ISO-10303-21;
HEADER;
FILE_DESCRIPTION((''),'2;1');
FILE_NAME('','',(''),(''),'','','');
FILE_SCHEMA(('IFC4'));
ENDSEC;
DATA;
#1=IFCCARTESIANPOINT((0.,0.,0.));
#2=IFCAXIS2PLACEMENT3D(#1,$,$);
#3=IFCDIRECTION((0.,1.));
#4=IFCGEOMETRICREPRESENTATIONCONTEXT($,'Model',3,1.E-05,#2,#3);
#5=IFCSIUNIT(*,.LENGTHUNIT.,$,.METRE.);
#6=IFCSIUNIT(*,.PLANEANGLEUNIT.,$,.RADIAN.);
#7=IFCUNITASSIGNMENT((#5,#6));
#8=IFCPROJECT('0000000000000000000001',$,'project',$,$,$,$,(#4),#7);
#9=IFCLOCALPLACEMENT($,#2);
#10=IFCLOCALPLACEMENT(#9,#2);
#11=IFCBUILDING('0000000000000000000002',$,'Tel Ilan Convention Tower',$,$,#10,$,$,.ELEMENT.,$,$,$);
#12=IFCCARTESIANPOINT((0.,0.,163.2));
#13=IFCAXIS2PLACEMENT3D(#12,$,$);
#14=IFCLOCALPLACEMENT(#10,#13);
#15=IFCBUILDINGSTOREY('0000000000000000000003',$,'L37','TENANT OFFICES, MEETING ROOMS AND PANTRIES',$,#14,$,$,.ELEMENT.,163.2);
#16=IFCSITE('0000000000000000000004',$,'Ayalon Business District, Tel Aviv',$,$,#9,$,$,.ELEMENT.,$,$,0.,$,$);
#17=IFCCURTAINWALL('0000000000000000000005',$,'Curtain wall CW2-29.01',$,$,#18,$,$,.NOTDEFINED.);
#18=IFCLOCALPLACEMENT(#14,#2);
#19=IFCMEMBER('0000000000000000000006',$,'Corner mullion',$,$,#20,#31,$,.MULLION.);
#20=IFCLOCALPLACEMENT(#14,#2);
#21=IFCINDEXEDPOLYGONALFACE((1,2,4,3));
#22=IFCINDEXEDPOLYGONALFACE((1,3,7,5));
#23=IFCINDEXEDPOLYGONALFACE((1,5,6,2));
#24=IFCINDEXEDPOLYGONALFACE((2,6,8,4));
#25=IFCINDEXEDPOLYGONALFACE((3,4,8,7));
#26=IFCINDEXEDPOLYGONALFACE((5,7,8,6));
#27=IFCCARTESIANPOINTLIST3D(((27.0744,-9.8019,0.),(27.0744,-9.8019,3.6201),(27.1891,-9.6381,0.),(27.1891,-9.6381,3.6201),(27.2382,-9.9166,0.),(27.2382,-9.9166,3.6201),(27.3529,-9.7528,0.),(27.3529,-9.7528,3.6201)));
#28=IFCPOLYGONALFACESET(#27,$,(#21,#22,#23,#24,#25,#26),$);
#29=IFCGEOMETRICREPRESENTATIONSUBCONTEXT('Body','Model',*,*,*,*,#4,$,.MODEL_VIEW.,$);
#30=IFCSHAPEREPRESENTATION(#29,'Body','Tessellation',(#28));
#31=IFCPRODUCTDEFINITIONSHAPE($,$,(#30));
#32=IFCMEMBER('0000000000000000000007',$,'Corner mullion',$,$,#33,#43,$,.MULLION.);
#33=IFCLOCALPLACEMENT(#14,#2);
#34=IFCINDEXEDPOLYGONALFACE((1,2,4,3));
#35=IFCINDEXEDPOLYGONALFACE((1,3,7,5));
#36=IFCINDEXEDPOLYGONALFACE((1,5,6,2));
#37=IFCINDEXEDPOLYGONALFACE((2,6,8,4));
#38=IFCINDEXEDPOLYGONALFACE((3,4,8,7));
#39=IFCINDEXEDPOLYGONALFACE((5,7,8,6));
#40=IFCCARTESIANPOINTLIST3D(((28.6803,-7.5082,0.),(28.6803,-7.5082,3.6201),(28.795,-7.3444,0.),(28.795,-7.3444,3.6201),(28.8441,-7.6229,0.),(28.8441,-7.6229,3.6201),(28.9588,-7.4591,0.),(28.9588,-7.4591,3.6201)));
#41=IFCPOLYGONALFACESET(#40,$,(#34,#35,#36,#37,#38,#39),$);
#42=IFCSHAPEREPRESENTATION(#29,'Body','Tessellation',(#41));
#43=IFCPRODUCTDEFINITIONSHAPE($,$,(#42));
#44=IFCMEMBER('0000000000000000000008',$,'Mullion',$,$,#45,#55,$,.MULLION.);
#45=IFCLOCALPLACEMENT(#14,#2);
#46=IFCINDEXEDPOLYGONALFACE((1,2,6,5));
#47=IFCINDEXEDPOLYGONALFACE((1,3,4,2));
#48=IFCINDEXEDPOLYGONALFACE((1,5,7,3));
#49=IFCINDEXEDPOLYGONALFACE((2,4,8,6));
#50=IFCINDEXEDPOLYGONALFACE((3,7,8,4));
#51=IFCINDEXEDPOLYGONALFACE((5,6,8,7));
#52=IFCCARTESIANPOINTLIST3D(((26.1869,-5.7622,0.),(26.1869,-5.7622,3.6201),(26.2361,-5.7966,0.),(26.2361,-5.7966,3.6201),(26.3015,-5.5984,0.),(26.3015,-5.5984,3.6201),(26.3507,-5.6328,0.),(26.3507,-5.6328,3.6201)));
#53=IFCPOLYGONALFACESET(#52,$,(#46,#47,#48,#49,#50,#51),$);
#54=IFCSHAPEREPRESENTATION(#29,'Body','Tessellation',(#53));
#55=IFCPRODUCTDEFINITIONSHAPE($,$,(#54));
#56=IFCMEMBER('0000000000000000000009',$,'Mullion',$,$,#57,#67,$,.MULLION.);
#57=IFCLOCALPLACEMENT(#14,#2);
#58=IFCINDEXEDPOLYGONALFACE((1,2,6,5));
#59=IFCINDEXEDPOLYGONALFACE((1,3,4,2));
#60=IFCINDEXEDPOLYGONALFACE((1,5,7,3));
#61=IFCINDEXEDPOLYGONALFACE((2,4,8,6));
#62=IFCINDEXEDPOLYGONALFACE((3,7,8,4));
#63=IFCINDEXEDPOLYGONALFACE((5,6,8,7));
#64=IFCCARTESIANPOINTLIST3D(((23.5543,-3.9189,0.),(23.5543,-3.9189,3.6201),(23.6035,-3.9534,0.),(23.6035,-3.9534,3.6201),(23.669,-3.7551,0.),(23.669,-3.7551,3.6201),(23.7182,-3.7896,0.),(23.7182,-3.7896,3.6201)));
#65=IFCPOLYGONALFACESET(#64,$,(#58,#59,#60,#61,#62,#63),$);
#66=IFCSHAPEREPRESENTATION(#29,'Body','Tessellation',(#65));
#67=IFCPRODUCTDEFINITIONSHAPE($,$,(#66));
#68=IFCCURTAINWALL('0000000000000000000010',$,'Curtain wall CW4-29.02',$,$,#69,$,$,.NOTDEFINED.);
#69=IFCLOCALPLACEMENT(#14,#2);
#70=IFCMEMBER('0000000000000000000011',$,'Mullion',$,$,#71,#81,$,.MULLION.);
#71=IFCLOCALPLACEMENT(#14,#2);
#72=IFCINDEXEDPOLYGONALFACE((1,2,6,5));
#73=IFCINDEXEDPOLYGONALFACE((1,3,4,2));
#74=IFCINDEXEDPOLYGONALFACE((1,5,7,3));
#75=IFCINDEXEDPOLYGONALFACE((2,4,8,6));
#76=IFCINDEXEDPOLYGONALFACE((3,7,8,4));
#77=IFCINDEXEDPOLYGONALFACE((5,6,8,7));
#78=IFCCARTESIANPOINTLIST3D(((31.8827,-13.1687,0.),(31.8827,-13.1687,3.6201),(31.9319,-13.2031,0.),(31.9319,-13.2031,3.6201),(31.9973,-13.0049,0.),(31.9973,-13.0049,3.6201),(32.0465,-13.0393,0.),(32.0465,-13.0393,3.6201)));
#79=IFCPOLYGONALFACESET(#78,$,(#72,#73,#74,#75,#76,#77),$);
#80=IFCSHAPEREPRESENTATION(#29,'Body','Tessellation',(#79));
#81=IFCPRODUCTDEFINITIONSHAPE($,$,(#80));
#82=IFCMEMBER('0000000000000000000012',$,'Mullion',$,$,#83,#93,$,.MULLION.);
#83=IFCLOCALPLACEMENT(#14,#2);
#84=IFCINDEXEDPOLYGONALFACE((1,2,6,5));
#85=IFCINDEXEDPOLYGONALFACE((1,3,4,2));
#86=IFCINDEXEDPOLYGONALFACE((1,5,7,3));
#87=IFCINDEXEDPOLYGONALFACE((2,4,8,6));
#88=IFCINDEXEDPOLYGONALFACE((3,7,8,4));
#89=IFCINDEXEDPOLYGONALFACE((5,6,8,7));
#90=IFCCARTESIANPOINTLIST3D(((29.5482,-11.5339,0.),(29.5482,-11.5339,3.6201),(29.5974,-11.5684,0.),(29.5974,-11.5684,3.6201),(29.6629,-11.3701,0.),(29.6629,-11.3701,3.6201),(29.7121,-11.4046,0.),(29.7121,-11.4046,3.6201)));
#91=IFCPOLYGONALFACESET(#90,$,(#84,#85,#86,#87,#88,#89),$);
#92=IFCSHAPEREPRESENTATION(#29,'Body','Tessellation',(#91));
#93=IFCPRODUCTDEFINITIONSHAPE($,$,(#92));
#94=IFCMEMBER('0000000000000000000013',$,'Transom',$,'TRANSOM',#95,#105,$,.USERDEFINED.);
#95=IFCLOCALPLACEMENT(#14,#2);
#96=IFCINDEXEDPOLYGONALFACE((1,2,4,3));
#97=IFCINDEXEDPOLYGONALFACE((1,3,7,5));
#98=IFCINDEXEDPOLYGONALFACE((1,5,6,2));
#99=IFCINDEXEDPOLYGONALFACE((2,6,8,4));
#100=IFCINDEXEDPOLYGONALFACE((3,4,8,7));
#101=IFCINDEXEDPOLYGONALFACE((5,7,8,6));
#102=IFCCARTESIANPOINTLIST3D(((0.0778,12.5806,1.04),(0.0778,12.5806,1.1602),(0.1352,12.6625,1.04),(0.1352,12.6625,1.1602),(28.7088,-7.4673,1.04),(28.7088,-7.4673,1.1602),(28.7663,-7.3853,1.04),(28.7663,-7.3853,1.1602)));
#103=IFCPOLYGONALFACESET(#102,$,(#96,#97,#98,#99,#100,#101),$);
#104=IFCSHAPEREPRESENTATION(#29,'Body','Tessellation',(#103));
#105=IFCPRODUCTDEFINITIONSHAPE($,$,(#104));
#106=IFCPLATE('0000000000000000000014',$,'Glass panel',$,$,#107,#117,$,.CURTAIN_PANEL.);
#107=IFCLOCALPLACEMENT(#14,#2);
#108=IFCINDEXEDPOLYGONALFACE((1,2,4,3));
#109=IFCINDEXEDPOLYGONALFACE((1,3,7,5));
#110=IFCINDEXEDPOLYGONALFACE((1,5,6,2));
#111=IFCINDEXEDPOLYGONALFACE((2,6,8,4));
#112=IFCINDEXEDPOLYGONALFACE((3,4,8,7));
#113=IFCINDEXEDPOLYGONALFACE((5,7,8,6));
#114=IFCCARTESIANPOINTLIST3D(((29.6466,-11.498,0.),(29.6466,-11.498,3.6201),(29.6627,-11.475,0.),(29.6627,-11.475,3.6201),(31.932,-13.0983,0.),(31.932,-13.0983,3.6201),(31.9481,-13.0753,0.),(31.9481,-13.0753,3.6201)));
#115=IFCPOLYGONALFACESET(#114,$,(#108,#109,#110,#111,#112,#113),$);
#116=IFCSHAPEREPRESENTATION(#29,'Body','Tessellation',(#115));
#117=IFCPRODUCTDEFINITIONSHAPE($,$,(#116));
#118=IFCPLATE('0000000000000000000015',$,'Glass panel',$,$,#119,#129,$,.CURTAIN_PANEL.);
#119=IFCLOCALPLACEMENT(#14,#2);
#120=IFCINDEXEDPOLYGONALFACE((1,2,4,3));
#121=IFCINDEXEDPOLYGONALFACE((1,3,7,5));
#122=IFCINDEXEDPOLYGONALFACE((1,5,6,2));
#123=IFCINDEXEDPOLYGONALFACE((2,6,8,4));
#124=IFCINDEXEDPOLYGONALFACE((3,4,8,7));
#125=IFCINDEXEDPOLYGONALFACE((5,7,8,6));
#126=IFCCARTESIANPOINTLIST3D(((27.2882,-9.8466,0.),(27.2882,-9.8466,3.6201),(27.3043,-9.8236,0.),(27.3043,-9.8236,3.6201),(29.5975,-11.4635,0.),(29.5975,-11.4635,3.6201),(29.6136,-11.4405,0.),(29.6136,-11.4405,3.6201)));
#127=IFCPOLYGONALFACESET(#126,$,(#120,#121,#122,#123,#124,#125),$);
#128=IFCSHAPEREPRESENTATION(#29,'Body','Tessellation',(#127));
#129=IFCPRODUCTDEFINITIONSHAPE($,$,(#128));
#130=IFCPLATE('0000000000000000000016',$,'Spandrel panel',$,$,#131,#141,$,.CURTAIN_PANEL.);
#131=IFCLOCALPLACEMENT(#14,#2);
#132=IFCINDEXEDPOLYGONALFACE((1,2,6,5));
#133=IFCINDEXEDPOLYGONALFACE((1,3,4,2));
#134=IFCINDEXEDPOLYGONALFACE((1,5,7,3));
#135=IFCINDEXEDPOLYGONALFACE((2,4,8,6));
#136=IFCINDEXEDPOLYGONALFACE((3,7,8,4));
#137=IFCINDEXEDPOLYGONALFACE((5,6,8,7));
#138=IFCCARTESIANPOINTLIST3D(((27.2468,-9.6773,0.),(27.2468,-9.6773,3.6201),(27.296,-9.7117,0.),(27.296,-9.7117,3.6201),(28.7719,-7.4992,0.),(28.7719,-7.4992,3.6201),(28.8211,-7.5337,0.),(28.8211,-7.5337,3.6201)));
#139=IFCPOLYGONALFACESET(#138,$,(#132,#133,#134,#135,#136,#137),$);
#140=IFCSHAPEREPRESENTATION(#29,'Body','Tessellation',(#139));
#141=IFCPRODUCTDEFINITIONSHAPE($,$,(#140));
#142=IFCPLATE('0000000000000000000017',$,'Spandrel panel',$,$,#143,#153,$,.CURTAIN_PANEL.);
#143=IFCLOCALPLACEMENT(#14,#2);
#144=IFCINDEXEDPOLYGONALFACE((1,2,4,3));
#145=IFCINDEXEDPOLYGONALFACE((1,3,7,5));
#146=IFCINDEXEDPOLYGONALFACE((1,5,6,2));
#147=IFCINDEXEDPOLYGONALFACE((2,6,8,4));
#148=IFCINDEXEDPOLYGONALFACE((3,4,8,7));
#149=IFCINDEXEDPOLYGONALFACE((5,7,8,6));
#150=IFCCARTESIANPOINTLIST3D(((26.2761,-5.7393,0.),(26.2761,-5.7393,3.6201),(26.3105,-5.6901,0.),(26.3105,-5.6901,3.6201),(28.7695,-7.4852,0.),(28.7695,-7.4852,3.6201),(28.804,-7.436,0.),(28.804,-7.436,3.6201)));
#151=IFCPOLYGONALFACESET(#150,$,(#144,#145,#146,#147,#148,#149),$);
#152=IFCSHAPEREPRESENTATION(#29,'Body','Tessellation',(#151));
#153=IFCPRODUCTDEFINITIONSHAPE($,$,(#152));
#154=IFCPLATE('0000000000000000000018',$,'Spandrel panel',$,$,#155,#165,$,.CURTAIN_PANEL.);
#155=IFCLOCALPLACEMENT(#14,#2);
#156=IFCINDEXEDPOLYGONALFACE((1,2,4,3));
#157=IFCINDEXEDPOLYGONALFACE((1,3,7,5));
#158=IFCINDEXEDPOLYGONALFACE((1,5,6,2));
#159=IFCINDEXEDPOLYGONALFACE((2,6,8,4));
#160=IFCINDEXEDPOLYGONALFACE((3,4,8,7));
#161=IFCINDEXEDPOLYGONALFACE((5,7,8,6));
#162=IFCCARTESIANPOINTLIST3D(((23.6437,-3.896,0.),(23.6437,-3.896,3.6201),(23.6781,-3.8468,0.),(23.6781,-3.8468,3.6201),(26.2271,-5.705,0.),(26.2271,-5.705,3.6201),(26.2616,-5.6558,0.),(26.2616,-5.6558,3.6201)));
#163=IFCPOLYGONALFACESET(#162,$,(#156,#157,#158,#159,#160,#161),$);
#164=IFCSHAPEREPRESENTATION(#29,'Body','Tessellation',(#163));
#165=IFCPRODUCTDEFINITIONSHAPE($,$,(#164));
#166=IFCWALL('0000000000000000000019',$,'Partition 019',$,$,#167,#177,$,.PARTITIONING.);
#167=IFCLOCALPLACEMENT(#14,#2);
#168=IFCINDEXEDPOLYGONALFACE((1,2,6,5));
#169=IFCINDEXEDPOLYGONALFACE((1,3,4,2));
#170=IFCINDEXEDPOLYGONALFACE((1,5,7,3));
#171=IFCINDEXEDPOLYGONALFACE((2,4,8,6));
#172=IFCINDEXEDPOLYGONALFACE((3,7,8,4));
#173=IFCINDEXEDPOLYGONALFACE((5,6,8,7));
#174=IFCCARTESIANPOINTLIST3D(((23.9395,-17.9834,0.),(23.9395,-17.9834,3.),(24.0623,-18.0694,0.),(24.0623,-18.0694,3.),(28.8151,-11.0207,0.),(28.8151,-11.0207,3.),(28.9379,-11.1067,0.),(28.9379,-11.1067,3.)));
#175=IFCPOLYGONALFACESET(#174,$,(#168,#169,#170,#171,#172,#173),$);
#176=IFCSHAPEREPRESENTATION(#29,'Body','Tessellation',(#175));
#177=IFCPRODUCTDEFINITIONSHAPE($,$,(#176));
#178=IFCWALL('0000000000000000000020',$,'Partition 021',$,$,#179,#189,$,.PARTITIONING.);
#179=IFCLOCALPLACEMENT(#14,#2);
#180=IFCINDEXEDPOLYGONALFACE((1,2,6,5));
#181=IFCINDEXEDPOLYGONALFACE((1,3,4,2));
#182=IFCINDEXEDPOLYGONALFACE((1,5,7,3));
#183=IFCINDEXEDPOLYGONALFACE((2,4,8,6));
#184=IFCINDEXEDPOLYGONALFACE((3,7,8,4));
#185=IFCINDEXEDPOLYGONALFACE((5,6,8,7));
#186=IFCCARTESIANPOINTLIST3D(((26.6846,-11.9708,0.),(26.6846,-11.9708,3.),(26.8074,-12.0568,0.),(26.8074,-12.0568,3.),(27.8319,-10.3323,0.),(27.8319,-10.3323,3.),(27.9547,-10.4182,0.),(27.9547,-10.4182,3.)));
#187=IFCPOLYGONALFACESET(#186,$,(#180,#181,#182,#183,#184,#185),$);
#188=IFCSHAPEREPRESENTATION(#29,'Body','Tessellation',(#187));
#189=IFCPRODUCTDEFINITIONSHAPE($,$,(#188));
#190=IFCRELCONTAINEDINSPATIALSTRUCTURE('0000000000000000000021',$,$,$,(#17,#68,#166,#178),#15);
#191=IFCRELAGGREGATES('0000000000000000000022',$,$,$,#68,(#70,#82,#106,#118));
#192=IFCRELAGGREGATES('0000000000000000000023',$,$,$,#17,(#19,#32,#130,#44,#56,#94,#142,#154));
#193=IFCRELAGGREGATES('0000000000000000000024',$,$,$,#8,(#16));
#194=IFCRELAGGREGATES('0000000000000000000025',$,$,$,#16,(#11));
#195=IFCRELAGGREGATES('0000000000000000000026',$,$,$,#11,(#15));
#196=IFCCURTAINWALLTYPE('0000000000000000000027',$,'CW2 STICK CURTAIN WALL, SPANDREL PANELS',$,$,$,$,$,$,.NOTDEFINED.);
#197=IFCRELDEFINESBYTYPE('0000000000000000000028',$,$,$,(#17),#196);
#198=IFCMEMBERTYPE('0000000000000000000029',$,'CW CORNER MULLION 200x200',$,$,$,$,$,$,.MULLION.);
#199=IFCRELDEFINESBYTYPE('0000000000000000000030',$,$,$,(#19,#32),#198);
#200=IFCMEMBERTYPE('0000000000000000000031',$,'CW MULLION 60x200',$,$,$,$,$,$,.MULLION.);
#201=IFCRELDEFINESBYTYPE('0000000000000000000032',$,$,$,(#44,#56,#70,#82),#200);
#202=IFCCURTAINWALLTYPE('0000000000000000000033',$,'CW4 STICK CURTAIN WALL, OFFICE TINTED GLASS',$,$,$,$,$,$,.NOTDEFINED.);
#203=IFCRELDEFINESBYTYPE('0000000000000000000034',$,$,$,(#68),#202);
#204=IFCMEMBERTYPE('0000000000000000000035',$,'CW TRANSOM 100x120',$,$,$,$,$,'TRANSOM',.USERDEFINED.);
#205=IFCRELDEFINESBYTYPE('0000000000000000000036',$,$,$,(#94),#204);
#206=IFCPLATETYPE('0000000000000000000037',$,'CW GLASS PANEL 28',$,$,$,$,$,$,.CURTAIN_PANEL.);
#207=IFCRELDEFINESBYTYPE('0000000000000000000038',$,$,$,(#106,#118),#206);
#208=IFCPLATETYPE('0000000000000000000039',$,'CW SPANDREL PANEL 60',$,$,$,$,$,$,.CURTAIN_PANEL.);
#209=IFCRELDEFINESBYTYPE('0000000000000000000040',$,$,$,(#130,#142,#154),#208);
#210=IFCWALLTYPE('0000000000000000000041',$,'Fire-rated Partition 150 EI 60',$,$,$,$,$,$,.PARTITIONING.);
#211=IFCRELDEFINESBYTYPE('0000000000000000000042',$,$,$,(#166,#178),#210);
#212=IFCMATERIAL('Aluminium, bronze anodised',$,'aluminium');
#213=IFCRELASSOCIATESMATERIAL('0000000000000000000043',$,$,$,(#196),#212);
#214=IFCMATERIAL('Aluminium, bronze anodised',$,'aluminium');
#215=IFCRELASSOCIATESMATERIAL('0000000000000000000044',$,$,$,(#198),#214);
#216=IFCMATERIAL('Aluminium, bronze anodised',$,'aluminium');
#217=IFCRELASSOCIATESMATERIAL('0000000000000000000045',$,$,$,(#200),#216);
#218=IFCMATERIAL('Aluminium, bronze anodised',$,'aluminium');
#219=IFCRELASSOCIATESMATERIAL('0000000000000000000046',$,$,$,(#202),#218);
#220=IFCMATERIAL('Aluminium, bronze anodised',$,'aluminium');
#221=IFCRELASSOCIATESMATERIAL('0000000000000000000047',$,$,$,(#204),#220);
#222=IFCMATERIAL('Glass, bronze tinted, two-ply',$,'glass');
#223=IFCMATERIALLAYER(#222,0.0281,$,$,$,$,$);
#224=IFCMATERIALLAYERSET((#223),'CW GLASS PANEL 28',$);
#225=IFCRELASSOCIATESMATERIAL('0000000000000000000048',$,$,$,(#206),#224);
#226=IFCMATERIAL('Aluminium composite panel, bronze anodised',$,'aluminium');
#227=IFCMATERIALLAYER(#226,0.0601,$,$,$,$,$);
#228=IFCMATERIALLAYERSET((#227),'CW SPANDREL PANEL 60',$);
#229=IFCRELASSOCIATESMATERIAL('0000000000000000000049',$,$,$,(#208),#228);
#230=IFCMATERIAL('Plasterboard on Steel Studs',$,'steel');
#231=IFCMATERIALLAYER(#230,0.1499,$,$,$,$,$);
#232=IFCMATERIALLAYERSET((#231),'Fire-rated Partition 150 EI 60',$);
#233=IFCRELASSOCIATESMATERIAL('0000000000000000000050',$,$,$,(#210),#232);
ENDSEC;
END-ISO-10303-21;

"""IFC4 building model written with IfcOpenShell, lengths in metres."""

from ifc_helpers import new_model, si_unit, direction, frame, frame_2d, origin, origin_2d, place, context, subcontext, project, spatial, rectangle, extrude, material, layer, layer_set, material_profile, profile_set, type_object, element, aggregate, save


model = new_model("IFC4")

# Units and contexts
model_context = context("Model", 3, precision=1e-05, world=origin(), true_north=direction((0.0, 1.0)))
body_context = subcontext(model_context, "Body", "Model", "MODEL_VIEW")
ifc_project = project(units=[si_unit("LENGTHUNIT", "METRE"), si_unit("PLANEANGLEUNIT", "RADIAN")], contexts=[model_context])

# Site, building, storey
site_placement = place(None, origin())
site = spatial("IfcSite", under=ifc_project, at=site_placement, Name="Ayalon Business District, Tel Aviv", CompositionType="ELEMENT", RefElevation=0.0)
building_placement = place(site_placement, origin())
building = spatial("IfcBuilding", under=site, at=building_placement, Name="Tel Ilan Convention Tower", CompositionType="ELEMENT")
storey_placement = place(building_placement, frame((0.0, 0.0, 163.2)))
storey = spatial("IfcBuildingStorey", under=building, at=storey_placement, Name="L37", Description="TENANT OFFICES, MEETING ROOMS AND PANTRIES", CompositionType="ELEMENT", Elevation=163.2)

# Curtain walls, members
ifc_material_1 = material(Name="Aluminium, bronze anodised", Category="aluminium")
curtain_wall_type_1 = type_object("IfcCurtainWallType", Name="CW2 STICK CURTAIN WALL, SPANDREL PANELS", PredefinedType="NOTDEFINED", material=ifc_material_1)
curtain_wall_1_placement = place(storey_placement, origin())
curtain_wall_1 = element("IfcCurtainWall", 1, at=curtain_wall_1_placement, inside=storey, type_object=curtain_wall_type_1, Name="Curtain wall CW2-29.01", PredefinedType="NOTDEFINED")
ifc_material_2 = material(Name="Aluminium, bronze anodised", Category="aluminium")
ifc_material_profile_1 = material_profile(ifc_material_2, rectangle(XDim=0.2, YDim=0.2, at=origin_2d()), Name="CW CORNER MULLION 200x200")
ifc_profile_set_1 = profile_set([ifc_material_profile_1], Name="Aluminium, bronze anodised")
member_type_1 = type_object("IfcMemberType", Name="CW CORNER MULLION 200x200", PredefinedType="MULLION", material=ifc_profile_set_1)
member_1_placement = place(storey_placement, frame((27.2136, -9.7773, 0.0), z_axis=(0.0, 0.0, 1.0), x_axis=(-0.819152, 0.573576, 0.0)))
member_1 = element("IfcMember", 2, at=member_1_placement, type_object=member_type_1, Name="Corner mullion", PredefinedType="MULLION", context=body_context, shape_type="SweptSolid", body=[
    extrude(rectangle(XDim=0.2, YDim=0.2, at=origin_2d()), origin(), (0.0, 0.0, 1.0), 3.6201),
])
member_2_placement = place(storey_placement, frame((28.8196, -7.4836, 0.0), z_axis=(0.0, 0.0, 1.0), x_axis=(0.573576, 0.819152, 0.0)))
member_2 = element("IfcMember", 3, at=member_2_placement, type_object=member_type_1, Name="Corner mullion", PredefinedType="MULLION", context=body_context, shape_type="SweptSolid", body=[
    extrude(rectangle(XDim=0.2, YDim=0.2, at=origin_2d()), origin(), (0.0, 0.0, 1.0), 3.6201),
])
ifc_material_3 = material(Name="Aluminium, bronze anodised", Category="aluminium")
ifc_material_profile_2 = material_profile(ifc_material_3, rectangle(XDim=0.0601, YDim=0.2, at=origin_2d()), Name="CW MULLION 60x200")
ifc_profile_set_2 = profile_set([ifc_material_profile_2], Name="Aluminium, bronze anodised")
member_type_2 = type_object("IfcMemberType", Name="CW MULLION 60x200", PredefinedType="MULLION", material=ifc_profile_set_2)
member_3_placement = place(storey_placement, frame((26.2688, -5.6975, 0.0), z_axis=(0.0, 0.0, 1.0), x_axis=(-0.819152, 0.573576, 0.0)))
member_3 = element("IfcMember", 4, at=member_3_placement, type_object=member_type_2, Name="Mullion", PredefinedType="MULLION", context=body_context, shape_type="SweptSolid", body=[
    extrude(rectangle(XDim=0.0601, YDim=0.2, at=origin_2d()), origin(), (0.0, 0.0, 1.0), 3.6201),
])
member_4_placement = place(storey_placement, frame((23.6362, -3.8542, 0.0), z_axis=(0.0, 0.0, 1.0), x_axis=(-0.819152, 0.573576, 0.0)))
member_4 = element("IfcMember", 5, at=member_4_placement, type_object=member_type_2, Name="Mullion", PredefinedType="MULLION", context=body_context, shape_type="SweptSolid", body=[
    extrude(rectangle(XDim=0.0601, YDim=0.2, at=origin_2d()), origin(), (0.0, 0.0, 1.0), 3.6201),
])
ifc_material_4 = material(Name="Aluminium, bronze anodised", Category="aluminium")
curtain_wall_type_2 = type_object("IfcCurtainWallType", Name="CW4 STICK CURTAIN WALL, OFFICE TINTED GLASS", PredefinedType="NOTDEFINED", material=ifc_material_4)
curtain_wall_2_placement = place(storey_placement, origin())
curtain_wall_2 = element("IfcCurtainWall", 6, at=curtain_wall_2_placement, inside=storey, type_object=curtain_wall_type_2, Name="Curtain wall CW4-29.02", PredefinedType="NOTDEFINED")
member_5_placement = place(storey_placement, frame((31.9646, -13.104, 0.0), z_axis=(0.0, 0.0, 1.0), x_axis=(-0.819152, 0.573576, 0.0)))
member_5 = element("IfcMember", 7, at=member_5_placement, type_object=member_type_2, Name="Mullion", PredefinedType="MULLION", context=body_context, shape_type="SweptSolid", body=[
    extrude(rectangle(XDim=0.0601, YDim=0.2, at=origin_2d()), origin(), (0.0, 0.0, 1.0), 3.6201),
])
member_6_placement = place(storey_placement, frame((29.6301, -11.4692, 0.0), z_axis=(0.0, 0.0, 1.0), x_axis=(-0.819152, 0.573576, 0.0)))
member_6 = element("IfcMember", 8, at=member_6_placement, type_object=member_type_2, Name="Mullion", PredefinedType="MULLION", context=body_context, shape_type="SweptSolid", body=[
    extrude(rectangle(XDim=0.0601, YDim=0.2, at=origin_2d()), origin(), (0.0, 0.0, 1.0), 3.6201),
])

# Member
ifc_material_5 = material(Name="Aluminium, bronze anodised", Category="aluminium")
ifc_material_profile_3 = material_profile(ifc_material_5, rectangle(XDim=0.1001, YDim=0.1201, at=origin_2d()), Name="CW TRANSOM 100x120")
ifc_profile_set_3 = profile_set([ifc_material_profile_3], Name="Aluminium, bronze anodised")
member_type_3 = type_object("IfcMemberType", Name="CW TRANSOM 100x120", ElementType="TRANSOM", PredefinedType="USERDEFINED", material=ifc_profile_set_3)
member_7_placement = place(storey_placement, frame((28.7375, -7.4263, 1.1001), z_axis=(-0.81915, 0.573579, 0.0), x_axis=(-0.573579, -0.81915, 0.0)))
member_7 = element("IfcMember", 9, at=member_7_placement, type_object=member_type_3, Name="Transom", ObjectType="TRANSOM", PredefinedType="USERDEFINED", context=body_context, shape_type="SweptSolid", body=[
    extrude(rectangle(XDim=0.1001, YDim=0.1201, at=origin_2d()), origin(), (0.0, 0.0, 1.0), 34.9521),
])

# Plates
ifc_material_6 = material(Name="Glass, bronze tinted, two-ply", Category="glass")
ifc_layer_1 = layer(ifc_material_6, 0.0281)
ifc_layer_set_1 = layer_set([ifc_layer_1], Name="CW GLASS PANEL 28")
plate_type_1 = type_object("IfcPlateType", Name="CW GLASS PANEL 28", PredefinedType="CURTAIN_PANEL", material=ifc_layer_set_1)
plate_1_placement = place(storey_placement, frame((30.7974, -12.2866, 0.0), z_axis=(0.0, 0.0, 1.0), x_axis=(-0.819152, 0.573576, 0.0)))
plate_1 = element("IfcPlate", 10, at=plate_1_placement, type_object=plate_type_1, Name="Glass panel", PredefinedType="CURTAIN_PANEL", context=body_context, shape_type="SweptSolid", body=[
    extrude(rectangle(XDim=2.79, YDim=0.0281, at=origin_2d()), origin(), (0.0, 0.0, 1.0), 3.6201),
])
plate_2_placement = place(storey_placement, frame((28.4509, -10.6436, 0.0), z_axis=(0.0, 0.0, 1.0), x_axis=(-0.819152, 0.573576, 0.0)))
plate_2 = element("IfcPlate", 11, at=plate_2_placement, type_object=plate_type_1, Name="Glass panel", PredefinedType="CURTAIN_PANEL", context=body_context, shape_type="SweptSolid", body=[
    extrude(rectangle(XDim=2.8191, YDim=0.0281, at=origin_2d()), origin(), (0.0, 0.0, 1.0), 3.6201),
])
aggregate(curtain_wall_2, [member_5, member_6, plate_1, plate_2])
ifc_material_7 = material(Name="Aluminium composite panel, bronze anodised", Category="aluminium")
ifc_layer_2 = layer(ifc_material_7, 0.0601)
ifc_layer_set_2 = layer_set([ifc_layer_2], Name="CW SPANDREL PANEL 60")
plate_type_2 = type_object("IfcPlateType", Name="CW SPANDREL PANEL 60", PredefinedType="CURTAIN_PANEL", material=ifc_layer_set_2)
plate_3_placement = place(storey_placement, frame((28.0339, -8.6055, 0.0), z_axis=(0.0, 0.0, 1.0), x_axis=(0.573576, 0.819152, 0.0)))
plate_3 = element("IfcPlate", 12, at=plate_3_placement, type_object=plate_type_2, Name="Spandrel panel", PredefinedType="CURTAIN_PANEL", context=body_context, shape_type="SweptSolid", body=[
    extrude(rectangle(XDim=2.6589, YDim=0.0601, at=origin_2d()), origin(), (0.0, 0.0, 1.0), 3.6201),
])
plate_4_placement = place(storey_placement, frame((27.54, -6.5876, 0.0), z_axis=(0.0, 0.0, 1.0), x_axis=(-0.819152, 0.573576, 0.0)))
plate_4 = element("IfcPlate", 13, at=plate_4_placement, type_object=plate_type_2, Name="Spandrel panel", PredefinedType="CURTAIN_PANEL", context=body_context, shape_type="SweptSolid", body=[
    extrude(rectangle(XDim=3.0439, YDim=0.0601, at=origin_2d()), origin(), (0.0, 0.0, 1.0), 3.6201),
])
plate_5_placement = place(storey_placement, frame((24.9526, -4.7759, 0.0), z_axis=(0.0, 0.0, 1.0), x_axis=(-0.819152, 0.573576, 0.0)))
plate_5 = element("IfcPlate", 14, at=plate_5_placement, type_object=plate_type_2, Name="Spandrel panel", PredefinedType="CURTAIN_PANEL", context=body_context, shape_type="SweptSolid", body=[
    extrude(rectangle(XDim=3.1538, YDim=0.0601, at=origin_2d()), origin(), (0.0, 0.0, 1.0), 3.6201),
])
aggregate(curtain_wall_1, [member_1, member_2, plate_3, member_3, member_4, member_7, plate_4, plate_5])

# Walls
ifc_material_8 = material(Name="Plasterboard on Steel Studs", Category="steel")
ifc_layer_3 = layer(ifc_material_8, 0.1499)
ifc_layer_set_3 = layer_set([ifc_layer_3], Name="Fire-rated Partition 150 EI 60")
wall_type_1 = type_object("IfcWallType", Name="Fire-rated Partition 150 EI 60", PredefinedType="PARTITIONING", material=ifc_layer_set_3)
wall_1_placement = place(storey_placement, frame((28.8765, -11.0637, 0.0), z_axis=(0.0, 0.0, 1.0), x_axis=(-0.573591, -0.819142, 0.0)))
element("IfcWall", 15, at=wall_1_placement, inside=storey, type_object=wall_type_1, Name="Partition 019", PredefinedType="PARTITIONING", context=body_context, shape_type="SweptSolid", body=[
    extrude(rectangle(XDim=8.5, YDim=0.1499, at=frame_2d((4.25, 0.0))), origin(), (0.0, 0.0, 1.0), 3.0),
])
wall_2_placement = place(storey_placement, frame((26.7461, -12.0137, 0.0), z_axis=(0.0, 0.0, 1.0), x_axis=(0.573569, 0.819157, 0.0)))
element("IfcWall", 16, at=wall_2_placement, inside=storey, type_object=wall_type_1, Name="Partition 021", PredefinedType="PARTITIONING", context=body_context, shape_type="SweptSolid", body=[
    extrude(rectangle(XDim=2.0002, YDim=0.1499, at=frame_2d((1.0, 0.0))), origin(), (0.0, 0.0, 1.0), 3.0),
])

save(model, "model.ifc")
